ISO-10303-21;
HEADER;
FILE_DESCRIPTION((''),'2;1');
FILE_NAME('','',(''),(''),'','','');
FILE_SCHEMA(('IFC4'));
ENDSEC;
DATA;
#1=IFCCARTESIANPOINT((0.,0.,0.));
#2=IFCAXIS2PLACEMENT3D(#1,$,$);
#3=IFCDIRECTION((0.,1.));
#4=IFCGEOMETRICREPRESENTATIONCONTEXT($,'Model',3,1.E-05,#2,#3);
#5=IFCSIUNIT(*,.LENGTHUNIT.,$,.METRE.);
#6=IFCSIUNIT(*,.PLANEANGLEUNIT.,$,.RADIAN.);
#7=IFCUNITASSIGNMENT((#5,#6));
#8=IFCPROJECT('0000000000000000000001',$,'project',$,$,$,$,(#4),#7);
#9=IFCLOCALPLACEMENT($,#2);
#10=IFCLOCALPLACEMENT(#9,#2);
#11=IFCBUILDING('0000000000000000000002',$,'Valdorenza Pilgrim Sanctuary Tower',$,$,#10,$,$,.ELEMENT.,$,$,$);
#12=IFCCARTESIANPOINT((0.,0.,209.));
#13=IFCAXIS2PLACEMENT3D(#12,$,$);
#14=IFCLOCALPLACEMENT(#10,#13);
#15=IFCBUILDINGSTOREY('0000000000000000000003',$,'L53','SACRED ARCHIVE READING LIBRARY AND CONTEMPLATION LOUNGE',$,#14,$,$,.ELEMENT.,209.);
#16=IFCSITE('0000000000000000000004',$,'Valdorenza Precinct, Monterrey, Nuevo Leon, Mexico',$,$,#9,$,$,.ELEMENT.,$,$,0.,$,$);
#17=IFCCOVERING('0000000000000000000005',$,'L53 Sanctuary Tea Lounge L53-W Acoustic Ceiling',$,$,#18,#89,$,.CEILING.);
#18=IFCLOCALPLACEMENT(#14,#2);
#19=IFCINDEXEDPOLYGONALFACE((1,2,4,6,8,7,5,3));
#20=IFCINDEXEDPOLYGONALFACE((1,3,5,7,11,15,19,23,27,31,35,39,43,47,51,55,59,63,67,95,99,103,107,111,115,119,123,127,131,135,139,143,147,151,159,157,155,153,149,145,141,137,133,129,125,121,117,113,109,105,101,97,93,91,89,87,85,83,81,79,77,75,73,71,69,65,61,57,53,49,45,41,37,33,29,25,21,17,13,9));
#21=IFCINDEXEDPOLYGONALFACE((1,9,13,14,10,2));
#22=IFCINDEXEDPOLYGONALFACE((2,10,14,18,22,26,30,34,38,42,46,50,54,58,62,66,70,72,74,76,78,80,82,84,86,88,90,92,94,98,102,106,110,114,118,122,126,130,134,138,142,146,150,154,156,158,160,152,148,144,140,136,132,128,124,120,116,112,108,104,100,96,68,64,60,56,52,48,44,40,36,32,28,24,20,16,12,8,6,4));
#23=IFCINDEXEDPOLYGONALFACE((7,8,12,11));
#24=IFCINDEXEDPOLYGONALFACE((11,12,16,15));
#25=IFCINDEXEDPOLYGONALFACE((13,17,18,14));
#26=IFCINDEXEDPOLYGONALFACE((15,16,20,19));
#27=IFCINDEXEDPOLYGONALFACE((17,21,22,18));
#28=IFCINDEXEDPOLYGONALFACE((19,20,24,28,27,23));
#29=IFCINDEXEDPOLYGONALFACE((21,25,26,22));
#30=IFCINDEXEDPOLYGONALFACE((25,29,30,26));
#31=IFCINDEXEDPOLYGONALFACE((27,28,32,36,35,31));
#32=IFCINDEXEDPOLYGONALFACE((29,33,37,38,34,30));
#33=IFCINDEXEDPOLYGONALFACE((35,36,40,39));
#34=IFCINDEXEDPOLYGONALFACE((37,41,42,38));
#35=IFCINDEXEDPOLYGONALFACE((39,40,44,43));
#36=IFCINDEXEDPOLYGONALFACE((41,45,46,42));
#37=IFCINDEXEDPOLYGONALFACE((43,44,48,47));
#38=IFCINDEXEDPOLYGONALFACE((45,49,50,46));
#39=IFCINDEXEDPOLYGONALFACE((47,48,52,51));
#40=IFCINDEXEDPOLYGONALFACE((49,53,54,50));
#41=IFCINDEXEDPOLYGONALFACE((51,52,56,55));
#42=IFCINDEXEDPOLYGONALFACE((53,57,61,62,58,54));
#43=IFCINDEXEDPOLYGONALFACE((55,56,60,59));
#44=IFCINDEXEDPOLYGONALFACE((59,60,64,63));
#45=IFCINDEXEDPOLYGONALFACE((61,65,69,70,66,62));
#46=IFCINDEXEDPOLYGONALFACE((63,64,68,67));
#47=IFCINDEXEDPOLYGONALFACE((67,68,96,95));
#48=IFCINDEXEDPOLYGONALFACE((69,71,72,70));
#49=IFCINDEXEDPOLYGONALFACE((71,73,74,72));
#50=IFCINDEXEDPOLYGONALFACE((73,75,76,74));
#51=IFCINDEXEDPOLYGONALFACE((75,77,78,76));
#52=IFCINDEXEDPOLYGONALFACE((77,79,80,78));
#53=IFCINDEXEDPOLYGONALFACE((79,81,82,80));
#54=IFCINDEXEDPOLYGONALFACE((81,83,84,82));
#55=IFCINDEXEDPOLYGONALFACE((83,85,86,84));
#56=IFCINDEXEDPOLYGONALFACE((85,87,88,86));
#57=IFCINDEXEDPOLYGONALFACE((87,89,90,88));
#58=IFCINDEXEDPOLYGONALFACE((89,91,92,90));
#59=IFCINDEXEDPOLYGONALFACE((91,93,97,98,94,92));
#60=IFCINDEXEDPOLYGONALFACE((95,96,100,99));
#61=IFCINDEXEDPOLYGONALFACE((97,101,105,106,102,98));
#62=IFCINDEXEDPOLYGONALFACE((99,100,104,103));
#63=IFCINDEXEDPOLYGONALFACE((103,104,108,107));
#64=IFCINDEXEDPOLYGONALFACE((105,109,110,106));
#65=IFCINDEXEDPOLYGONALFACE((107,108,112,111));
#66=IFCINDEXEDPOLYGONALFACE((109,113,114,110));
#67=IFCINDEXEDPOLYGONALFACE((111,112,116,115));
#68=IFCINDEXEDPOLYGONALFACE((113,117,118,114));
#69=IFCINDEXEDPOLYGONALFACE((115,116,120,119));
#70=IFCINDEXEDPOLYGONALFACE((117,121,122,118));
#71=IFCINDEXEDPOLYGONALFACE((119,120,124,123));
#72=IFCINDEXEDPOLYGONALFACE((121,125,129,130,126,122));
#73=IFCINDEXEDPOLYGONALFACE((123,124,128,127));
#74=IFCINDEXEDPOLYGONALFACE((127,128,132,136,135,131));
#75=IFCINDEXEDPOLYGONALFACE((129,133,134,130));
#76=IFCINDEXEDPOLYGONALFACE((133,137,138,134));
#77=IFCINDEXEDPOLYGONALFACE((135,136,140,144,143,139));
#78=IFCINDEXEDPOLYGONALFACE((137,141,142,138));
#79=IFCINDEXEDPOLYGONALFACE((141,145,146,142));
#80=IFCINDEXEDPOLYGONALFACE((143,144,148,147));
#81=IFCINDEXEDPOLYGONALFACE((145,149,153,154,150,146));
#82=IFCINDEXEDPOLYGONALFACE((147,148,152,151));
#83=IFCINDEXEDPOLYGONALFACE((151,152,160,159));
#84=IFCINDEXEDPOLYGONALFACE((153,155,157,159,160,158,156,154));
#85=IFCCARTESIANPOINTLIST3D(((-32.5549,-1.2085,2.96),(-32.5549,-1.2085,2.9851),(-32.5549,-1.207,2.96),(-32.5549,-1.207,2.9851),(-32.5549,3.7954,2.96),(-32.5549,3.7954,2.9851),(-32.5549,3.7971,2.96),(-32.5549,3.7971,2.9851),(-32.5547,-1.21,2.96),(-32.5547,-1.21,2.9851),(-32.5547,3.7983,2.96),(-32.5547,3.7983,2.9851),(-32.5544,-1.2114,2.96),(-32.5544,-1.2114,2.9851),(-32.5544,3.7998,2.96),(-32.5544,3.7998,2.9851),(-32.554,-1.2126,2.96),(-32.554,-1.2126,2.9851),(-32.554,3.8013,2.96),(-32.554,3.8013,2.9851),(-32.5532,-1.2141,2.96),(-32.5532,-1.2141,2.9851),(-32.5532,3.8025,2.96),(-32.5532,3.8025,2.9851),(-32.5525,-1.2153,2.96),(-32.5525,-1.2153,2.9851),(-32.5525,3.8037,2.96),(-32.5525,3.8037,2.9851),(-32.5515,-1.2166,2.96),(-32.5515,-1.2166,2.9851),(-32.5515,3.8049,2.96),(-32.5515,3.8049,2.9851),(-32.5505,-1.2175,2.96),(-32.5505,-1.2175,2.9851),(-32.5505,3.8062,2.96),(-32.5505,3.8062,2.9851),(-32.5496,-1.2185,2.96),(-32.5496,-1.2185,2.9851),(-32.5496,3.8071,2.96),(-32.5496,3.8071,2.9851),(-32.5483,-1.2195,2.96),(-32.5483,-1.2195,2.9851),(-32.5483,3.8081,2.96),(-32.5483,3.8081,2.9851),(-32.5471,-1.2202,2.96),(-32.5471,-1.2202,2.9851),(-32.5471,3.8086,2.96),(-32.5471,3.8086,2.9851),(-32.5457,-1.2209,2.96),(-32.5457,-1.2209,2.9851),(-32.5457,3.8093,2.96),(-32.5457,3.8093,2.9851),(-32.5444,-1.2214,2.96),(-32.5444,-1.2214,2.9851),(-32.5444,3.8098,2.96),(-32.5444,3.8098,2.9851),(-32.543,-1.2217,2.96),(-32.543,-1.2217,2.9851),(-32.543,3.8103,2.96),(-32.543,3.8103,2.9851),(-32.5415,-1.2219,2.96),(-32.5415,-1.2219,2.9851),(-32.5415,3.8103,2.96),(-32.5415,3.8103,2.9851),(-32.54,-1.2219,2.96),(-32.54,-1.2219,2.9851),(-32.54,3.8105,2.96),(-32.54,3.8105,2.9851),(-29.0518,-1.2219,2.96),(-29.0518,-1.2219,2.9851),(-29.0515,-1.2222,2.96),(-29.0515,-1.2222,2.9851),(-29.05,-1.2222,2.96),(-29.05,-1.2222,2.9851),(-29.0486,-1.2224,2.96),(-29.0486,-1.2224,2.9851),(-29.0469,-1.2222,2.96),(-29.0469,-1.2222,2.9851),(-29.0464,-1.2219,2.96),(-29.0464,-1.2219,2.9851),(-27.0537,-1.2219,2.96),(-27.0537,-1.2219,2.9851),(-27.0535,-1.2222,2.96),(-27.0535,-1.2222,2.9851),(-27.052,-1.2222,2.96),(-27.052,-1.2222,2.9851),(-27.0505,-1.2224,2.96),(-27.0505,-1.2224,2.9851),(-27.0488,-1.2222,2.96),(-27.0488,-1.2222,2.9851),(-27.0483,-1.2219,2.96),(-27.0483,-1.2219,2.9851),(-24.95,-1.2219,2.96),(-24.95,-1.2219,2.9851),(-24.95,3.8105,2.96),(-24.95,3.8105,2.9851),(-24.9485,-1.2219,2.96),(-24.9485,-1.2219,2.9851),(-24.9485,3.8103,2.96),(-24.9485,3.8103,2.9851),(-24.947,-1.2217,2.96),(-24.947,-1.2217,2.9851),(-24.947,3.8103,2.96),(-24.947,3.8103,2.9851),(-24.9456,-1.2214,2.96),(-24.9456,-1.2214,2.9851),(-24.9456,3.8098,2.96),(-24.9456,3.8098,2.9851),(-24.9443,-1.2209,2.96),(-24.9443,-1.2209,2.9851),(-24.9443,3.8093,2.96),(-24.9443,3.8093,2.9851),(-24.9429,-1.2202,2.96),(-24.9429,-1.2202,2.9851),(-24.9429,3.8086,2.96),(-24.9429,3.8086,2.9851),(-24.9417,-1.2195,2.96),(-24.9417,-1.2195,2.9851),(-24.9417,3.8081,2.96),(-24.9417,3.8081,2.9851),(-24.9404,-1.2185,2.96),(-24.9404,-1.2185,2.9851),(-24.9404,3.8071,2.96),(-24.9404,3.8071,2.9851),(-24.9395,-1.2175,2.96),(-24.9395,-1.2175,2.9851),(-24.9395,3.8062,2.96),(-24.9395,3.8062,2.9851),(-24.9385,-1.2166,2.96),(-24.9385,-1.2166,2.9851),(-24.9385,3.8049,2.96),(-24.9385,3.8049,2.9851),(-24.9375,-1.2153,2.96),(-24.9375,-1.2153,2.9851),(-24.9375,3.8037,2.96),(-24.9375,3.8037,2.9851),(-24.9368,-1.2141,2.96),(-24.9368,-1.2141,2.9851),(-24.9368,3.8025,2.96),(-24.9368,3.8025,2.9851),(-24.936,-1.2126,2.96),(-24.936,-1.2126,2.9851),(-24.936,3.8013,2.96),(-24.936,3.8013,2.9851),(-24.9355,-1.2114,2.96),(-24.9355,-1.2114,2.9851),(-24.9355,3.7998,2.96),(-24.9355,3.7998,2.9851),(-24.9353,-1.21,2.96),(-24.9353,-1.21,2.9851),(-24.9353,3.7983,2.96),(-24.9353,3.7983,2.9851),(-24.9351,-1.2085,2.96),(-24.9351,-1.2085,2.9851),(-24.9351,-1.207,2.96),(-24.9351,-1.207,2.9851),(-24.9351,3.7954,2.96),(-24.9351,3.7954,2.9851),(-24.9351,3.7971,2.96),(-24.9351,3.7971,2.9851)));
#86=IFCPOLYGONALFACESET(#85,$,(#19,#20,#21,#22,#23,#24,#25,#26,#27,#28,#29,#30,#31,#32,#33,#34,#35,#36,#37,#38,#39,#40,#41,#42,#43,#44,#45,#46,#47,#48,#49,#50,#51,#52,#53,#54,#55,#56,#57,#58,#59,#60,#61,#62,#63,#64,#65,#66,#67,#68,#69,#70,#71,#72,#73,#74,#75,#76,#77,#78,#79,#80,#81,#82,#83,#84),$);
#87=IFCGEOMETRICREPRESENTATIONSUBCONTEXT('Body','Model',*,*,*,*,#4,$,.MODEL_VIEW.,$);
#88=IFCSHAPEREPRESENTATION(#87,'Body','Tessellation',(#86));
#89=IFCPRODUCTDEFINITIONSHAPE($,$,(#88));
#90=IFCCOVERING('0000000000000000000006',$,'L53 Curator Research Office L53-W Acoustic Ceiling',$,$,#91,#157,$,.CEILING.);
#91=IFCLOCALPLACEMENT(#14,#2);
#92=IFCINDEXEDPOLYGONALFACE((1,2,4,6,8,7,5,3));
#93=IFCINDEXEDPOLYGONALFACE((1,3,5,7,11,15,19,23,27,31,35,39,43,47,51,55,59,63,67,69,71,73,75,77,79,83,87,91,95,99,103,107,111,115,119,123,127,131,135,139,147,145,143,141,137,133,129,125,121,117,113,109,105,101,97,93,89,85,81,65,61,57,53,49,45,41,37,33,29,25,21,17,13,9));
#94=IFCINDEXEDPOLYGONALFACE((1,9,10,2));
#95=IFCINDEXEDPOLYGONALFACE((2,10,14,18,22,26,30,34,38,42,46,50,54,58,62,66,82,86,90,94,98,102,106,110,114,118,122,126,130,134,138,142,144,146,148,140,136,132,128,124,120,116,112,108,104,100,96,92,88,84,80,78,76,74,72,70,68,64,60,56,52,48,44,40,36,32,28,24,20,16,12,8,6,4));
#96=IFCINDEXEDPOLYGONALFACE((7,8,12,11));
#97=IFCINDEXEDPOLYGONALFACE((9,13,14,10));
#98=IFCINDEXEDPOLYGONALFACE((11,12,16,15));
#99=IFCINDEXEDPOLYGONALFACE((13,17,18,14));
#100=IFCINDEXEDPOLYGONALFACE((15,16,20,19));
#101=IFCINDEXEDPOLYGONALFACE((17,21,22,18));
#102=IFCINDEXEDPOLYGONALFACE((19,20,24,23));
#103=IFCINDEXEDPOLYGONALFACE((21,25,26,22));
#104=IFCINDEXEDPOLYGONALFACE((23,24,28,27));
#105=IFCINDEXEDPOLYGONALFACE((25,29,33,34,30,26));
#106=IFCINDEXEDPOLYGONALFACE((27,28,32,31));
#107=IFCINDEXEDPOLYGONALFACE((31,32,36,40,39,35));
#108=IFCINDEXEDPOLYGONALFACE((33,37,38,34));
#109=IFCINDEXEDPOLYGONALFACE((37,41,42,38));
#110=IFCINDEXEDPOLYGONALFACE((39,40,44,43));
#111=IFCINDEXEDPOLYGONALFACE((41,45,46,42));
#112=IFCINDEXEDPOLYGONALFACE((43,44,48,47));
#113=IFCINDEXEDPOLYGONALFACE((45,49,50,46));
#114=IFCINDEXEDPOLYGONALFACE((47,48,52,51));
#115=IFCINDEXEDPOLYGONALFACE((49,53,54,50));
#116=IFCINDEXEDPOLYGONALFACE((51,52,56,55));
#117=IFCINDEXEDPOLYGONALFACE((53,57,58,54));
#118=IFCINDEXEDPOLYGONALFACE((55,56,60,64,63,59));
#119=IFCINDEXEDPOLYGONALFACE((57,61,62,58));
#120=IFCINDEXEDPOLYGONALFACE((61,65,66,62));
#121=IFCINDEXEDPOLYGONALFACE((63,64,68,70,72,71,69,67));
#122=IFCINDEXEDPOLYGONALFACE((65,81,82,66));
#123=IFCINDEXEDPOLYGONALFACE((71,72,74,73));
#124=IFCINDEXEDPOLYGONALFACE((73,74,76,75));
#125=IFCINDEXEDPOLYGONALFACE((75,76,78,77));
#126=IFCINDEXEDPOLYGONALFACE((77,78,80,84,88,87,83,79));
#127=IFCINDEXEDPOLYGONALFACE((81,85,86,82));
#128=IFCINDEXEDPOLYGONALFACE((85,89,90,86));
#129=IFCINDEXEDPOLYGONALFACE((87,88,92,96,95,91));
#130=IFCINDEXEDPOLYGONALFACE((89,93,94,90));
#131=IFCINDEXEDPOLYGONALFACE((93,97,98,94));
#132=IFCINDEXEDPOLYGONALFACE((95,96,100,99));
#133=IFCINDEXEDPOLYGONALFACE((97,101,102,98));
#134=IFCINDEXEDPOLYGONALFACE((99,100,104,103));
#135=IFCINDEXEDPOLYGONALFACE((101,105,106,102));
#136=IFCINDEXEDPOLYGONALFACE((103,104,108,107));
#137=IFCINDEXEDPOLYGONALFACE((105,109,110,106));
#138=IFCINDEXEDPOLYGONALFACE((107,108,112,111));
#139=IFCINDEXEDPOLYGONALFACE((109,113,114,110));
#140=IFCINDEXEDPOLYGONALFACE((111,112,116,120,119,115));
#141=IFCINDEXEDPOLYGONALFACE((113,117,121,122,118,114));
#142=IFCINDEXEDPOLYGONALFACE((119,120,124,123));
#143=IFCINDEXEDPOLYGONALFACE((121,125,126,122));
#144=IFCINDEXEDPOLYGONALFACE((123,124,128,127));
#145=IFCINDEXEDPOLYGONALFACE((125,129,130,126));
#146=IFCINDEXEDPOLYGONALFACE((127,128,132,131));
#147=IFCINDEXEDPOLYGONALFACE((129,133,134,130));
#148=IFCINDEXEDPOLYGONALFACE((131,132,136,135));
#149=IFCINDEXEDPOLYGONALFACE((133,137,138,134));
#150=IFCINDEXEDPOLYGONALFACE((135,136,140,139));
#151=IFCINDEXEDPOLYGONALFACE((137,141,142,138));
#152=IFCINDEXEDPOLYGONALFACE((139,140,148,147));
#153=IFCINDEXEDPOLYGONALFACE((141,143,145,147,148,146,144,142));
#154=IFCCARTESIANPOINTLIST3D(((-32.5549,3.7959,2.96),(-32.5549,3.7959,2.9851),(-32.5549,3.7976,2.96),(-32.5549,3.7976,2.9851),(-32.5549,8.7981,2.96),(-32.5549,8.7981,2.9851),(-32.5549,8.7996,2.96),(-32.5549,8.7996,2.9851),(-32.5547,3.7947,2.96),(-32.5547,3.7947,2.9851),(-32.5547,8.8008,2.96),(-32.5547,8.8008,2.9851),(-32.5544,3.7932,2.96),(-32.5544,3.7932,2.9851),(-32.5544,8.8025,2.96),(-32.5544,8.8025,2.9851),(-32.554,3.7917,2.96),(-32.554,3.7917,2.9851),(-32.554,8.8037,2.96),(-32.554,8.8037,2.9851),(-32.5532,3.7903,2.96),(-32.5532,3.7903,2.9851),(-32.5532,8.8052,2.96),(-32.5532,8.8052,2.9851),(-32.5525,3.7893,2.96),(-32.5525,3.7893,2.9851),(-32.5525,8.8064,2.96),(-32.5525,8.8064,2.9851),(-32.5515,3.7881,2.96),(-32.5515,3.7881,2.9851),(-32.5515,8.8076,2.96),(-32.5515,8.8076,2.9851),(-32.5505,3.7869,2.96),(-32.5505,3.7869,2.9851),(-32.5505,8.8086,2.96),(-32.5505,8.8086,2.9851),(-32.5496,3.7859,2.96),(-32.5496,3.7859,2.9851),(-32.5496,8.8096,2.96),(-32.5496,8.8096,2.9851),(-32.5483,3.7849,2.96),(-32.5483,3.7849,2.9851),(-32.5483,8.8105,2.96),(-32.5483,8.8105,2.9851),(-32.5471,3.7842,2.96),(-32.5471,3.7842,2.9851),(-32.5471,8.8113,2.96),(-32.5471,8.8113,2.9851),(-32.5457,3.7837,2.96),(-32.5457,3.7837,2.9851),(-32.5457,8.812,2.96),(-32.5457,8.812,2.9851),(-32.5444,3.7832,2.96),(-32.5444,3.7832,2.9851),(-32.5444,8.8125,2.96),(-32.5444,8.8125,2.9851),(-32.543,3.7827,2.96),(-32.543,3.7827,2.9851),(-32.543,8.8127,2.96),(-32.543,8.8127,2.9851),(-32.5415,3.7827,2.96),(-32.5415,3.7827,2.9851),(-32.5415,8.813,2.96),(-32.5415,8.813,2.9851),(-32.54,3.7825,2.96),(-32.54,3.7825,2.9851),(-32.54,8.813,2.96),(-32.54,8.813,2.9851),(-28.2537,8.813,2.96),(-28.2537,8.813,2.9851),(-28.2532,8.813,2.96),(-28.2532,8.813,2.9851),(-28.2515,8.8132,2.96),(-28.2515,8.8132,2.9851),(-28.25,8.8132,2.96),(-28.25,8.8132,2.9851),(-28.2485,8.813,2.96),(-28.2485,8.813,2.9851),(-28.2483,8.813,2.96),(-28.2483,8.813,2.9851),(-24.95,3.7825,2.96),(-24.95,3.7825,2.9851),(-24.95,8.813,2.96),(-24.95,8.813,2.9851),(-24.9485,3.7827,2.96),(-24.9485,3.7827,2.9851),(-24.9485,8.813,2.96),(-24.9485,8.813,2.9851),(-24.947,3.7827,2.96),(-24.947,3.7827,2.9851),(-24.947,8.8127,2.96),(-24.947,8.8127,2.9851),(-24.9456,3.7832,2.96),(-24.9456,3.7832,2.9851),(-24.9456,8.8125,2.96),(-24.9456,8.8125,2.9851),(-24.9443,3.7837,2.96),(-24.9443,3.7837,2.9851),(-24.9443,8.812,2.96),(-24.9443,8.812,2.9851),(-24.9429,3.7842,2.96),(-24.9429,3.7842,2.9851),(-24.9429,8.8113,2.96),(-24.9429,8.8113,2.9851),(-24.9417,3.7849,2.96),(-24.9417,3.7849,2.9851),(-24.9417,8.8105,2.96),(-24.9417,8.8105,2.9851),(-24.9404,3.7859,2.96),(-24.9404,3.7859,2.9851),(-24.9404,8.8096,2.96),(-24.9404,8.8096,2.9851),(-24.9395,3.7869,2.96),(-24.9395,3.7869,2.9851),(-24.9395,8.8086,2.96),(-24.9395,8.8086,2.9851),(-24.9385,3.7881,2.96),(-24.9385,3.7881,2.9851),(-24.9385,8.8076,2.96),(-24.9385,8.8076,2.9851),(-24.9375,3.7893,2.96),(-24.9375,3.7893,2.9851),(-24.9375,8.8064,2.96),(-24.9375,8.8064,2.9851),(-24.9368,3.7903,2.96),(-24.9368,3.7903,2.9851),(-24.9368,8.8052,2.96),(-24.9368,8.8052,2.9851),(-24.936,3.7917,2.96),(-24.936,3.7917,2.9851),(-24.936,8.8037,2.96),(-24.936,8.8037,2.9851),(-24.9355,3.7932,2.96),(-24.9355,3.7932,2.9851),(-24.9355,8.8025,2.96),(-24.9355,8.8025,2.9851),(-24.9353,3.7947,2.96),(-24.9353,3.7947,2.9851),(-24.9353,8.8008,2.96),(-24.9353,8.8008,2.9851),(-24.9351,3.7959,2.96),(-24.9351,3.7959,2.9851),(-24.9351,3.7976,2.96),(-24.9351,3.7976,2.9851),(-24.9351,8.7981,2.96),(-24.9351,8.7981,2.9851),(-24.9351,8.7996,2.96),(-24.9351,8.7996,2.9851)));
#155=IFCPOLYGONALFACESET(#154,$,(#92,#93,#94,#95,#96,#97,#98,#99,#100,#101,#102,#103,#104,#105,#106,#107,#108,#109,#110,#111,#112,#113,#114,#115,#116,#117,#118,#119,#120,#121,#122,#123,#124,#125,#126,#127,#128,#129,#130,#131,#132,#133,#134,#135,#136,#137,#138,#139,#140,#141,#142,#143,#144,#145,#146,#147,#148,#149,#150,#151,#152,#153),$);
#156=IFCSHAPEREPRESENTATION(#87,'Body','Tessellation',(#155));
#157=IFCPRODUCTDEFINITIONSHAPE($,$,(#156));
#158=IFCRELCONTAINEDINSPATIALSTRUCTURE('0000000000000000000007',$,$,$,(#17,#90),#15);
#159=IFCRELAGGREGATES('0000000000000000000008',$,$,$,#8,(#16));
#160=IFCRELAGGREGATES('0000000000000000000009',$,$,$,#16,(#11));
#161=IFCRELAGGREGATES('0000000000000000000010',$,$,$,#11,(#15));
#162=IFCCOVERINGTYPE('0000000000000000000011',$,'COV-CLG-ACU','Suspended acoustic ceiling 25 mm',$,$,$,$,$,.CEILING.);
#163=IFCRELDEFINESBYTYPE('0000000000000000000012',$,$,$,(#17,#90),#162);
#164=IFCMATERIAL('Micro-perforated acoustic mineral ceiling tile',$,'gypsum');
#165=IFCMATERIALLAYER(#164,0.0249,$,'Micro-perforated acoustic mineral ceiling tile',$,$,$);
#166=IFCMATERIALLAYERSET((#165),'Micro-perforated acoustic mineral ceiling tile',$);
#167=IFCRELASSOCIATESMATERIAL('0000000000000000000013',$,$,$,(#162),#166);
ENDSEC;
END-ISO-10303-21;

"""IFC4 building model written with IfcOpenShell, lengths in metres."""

from ifc_helpers import new_model, si_unit, direction, frame, origin, place, context, subcontext, project, spatial, polyline, outline, extrude, material, layer, layer_set, type_object, element, save


model = new_model("IFC4")

# Units and contexts
model_context = context("Model", 3, precision=1e-05, world=origin(), true_north=direction((0.0, 1.0)))
body_context = subcontext(model_context, "Body", "Model", "MODEL_VIEW")
ifc_project = project(units=[si_unit("LENGTHUNIT", "METRE"), si_unit("PLANEANGLEUNIT", "RADIAN")], contexts=[model_context])

# Site, building, storey
site_placement = place(None, origin())
site = spatial("IfcSite", under=ifc_project, at=site_placement, Name="Valdorenza Precinct, Monterrey, Nuevo Leon, Mexico", CompositionType="ELEMENT", RefElevation=0.0)
building_placement = place(site_placement, origin())
building = spatial("IfcBuilding", under=site, at=building_placement, Name="Valdorenza Pilgrim Sanctuary Tower", CompositionType="ELEMENT")
storey_placement = place(building_placement, frame((0.0, 0.0, 209.0)))
storey = spatial("IfcBuildingStorey", under=building, at=storey_placement, Name="L53", Description="SACRED ARCHIVE READING LIBRARY AND CONTEMPLATION LOUNGE", CompositionType="ELEMENT", Elevation=209.0)

# Coverings
ifc_material_1 = material(Name="Micro-perforated acoustic mineral ceiling tile", Category="gypsum")
ifc_layer_1 = layer(ifc_material_1, 0.0249, Name="Micro-perforated acoustic mineral ceiling tile")
ifc_layer_set_1 = layer_set([ifc_layer_1], Name="Micro-perforated acoustic mineral ceiling tile")
covering_type_1 = type_object("IfcCoveringType", Name="COV-CLG-ACU", Description="Suspended acoustic ceiling 25 mm", PredefinedType="CEILING", material=ifc_layer_set_1)
covering_1_placement = place(storey_placement, frame((0.0, 0.0, 2.96)))
element("IfcCovering", 1, at=covering_1_placement, inside=storey, type_object=covering_type_1, Name="L53 Sanctuary Tea Lounge L53-W Acoustic Ceiling", PredefinedType="CEILING", context=body_context, shape_type="SweptSolid", body=[
    extrude(outline(polyline([(-29.0518, -1.2219), (-32.54, -1.2219), (-32.5415, -1.2219), (-32.543, -1.2217), (-32.5444, -1.2214), (-32.5457, -1.2209), (-32.5471, -1.2202), (-32.5483, -1.2195), (-32.5496, -1.2185), (-32.5505, -1.2175), (-32.5515, -1.2166), (-32.5525, -1.2153), (-32.5532, -1.2141), (-32.554, -1.2126), (-32.5544, -1.2114), (-32.5547, -1.21), (-32.5549, -1.2085), (-32.5549, -1.207), (-32.5549, 3.7954), (-32.5549, 3.7971), (-32.5547, 3.7983), (-32.5544, 3.7998), (-32.554, 3.8013), (-32.5532, 3.8025), (-32.5525, 3.8037), (-32.5515, 3.8049), (-32.5505, 3.8062), (-32.5496, 3.8071), (-32.5483, 3.8081), (-32.5471, 3.8086), (-32.5457, 3.8093), (-32.5444, 3.8098), (-32.543, 3.8103), (-32.5415, 3.8103), (-32.54, 3.8105), (-24.95, 3.8105), (-24.9485, 3.8103), (-24.947, 3.8103), (-24.9456, 3.8098), (-24.9443, 3.8093), (-24.9429, 3.8086), (-24.9417, 3.8081), (-24.9404, 3.8071), (-24.9395, 3.8062), (-24.9385, 3.8049), (-24.9375, 3.8037), (-24.9368, 3.8025), (-24.936, 3.8013), (-24.9355, 3.7998), (-24.9353, 3.7983), (-24.9351, 3.7971), (-24.9351, 3.7954), (-24.9351, -1.207), (-24.9351, -1.2085), (-24.9353, -1.21), (-24.9355, -1.2114), (-24.936, -1.2126), (-24.9368, -1.2141), (-24.9375, -1.2153), (-24.9385, -1.2166), (-24.9395, -1.2175), (-24.9404, -1.2185), (-24.9417, -1.2195), (-24.9429, -1.2202), (-24.9443, -1.2209), (-24.9456, -1.2214), (-24.947, -1.2217), (-24.9485, -1.2219), (-24.95, -1.2219), (-27.0483, -1.2219), (-27.0488, -1.2222), (-27.0505, -1.2224), (-27.052, -1.2222), (-27.0535, -1.2222), (-27.0537, -1.2219), (-29.0464, -1.2219), (-29.0469, -1.2222), (-29.0486, -1.2224), (-29.05, -1.2222), (-29.0515, -1.2222), (-29.0518, -1.2219)])), origin(), (0.0, 0.0, 1.0), 0.0251),
])
covering_2_placement = place(storey_placement, frame((0.0, 0.0, 2.96)))
element("IfcCovering", 2, at=covering_2_placement, inside=storey, type_object=covering_type_1, Name="L53 Curator Research Office L53-W Acoustic Ceiling", PredefinedType="CEILING", context=body_context, shape_type="SweptSolid", body=[
    extrude(outline(polyline([(-28.2537, 8.813), (-28.2532, 8.813), (-28.2515, 8.8132), (-28.25, 8.8132), (-28.2485, 8.813), (-28.2483, 8.813), (-24.95, 8.813), (-24.9485, 8.813), (-24.947, 8.8127), (-24.9456, 8.8125), (-24.9443, 8.812), (-24.9429, 8.8113), (-24.9417, 8.8105), (-24.9404, 8.8096), (-24.9395, 8.8086), (-24.9385, 8.8076), (-24.9375, 8.8064), (-24.9368, 8.8052), (-24.936, 8.8037), (-24.9355, 8.8025), (-24.9353, 8.8008), (-24.9351, 8.7996), (-24.9351, 8.7981), (-24.9351, 3.7976), (-24.9351, 3.7959), (-24.9353, 3.7947), (-24.9355, 3.7932), (-24.936, 3.7917), (-24.9368, 3.7903), (-24.9375, 3.7893), (-24.9385, 3.7881), (-24.9395, 3.7869), (-24.9404, 3.7859), (-24.9417, 3.7849), (-24.9429, 3.7842), (-24.9443, 3.7837), (-24.9456, 3.7832), (-24.947, 3.7827), (-24.9485, 3.7827), (-24.95, 3.7825), (-32.54, 3.7825), (-32.5415, 3.7827), (-32.543, 3.7827), (-32.5444, 3.7832), (-32.5457, 3.7837), (-32.5471, 3.7842), (-32.5483, 3.7849), (-32.5496, 3.7859), (-32.5505, 3.7869), (-32.5515, 3.7881), (-32.5525, 3.7893), (-32.5532, 3.7903), (-32.554, 3.7917), (-32.5544, 3.7932), (-32.5547, 3.7947), (-32.5549, 3.7959), (-32.5549, 3.7976), (-32.5549, 8.7981), (-32.5549, 8.7996), (-32.5547, 8.8008), (-32.5544, 8.8025), (-32.554, 8.8037), (-32.5532, 8.8052), (-32.5525, 8.8064), (-32.5515, 8.8076), (-32.5505, 8.8086), (-32.5496, 8.8096), (-32.5483, 8.8105), (-32.5471, 8.8113), (-32.5457, 8.812), (-32.5444, 8.8125), (-32.543, 8.8127), (-32.5415, 8.813), (-32.54, 8.813), (-28.2537, 8.813)])), origin(), (0.0, 0.0, 1.0), 0.0251),
])

save(model, "model.ifc")
